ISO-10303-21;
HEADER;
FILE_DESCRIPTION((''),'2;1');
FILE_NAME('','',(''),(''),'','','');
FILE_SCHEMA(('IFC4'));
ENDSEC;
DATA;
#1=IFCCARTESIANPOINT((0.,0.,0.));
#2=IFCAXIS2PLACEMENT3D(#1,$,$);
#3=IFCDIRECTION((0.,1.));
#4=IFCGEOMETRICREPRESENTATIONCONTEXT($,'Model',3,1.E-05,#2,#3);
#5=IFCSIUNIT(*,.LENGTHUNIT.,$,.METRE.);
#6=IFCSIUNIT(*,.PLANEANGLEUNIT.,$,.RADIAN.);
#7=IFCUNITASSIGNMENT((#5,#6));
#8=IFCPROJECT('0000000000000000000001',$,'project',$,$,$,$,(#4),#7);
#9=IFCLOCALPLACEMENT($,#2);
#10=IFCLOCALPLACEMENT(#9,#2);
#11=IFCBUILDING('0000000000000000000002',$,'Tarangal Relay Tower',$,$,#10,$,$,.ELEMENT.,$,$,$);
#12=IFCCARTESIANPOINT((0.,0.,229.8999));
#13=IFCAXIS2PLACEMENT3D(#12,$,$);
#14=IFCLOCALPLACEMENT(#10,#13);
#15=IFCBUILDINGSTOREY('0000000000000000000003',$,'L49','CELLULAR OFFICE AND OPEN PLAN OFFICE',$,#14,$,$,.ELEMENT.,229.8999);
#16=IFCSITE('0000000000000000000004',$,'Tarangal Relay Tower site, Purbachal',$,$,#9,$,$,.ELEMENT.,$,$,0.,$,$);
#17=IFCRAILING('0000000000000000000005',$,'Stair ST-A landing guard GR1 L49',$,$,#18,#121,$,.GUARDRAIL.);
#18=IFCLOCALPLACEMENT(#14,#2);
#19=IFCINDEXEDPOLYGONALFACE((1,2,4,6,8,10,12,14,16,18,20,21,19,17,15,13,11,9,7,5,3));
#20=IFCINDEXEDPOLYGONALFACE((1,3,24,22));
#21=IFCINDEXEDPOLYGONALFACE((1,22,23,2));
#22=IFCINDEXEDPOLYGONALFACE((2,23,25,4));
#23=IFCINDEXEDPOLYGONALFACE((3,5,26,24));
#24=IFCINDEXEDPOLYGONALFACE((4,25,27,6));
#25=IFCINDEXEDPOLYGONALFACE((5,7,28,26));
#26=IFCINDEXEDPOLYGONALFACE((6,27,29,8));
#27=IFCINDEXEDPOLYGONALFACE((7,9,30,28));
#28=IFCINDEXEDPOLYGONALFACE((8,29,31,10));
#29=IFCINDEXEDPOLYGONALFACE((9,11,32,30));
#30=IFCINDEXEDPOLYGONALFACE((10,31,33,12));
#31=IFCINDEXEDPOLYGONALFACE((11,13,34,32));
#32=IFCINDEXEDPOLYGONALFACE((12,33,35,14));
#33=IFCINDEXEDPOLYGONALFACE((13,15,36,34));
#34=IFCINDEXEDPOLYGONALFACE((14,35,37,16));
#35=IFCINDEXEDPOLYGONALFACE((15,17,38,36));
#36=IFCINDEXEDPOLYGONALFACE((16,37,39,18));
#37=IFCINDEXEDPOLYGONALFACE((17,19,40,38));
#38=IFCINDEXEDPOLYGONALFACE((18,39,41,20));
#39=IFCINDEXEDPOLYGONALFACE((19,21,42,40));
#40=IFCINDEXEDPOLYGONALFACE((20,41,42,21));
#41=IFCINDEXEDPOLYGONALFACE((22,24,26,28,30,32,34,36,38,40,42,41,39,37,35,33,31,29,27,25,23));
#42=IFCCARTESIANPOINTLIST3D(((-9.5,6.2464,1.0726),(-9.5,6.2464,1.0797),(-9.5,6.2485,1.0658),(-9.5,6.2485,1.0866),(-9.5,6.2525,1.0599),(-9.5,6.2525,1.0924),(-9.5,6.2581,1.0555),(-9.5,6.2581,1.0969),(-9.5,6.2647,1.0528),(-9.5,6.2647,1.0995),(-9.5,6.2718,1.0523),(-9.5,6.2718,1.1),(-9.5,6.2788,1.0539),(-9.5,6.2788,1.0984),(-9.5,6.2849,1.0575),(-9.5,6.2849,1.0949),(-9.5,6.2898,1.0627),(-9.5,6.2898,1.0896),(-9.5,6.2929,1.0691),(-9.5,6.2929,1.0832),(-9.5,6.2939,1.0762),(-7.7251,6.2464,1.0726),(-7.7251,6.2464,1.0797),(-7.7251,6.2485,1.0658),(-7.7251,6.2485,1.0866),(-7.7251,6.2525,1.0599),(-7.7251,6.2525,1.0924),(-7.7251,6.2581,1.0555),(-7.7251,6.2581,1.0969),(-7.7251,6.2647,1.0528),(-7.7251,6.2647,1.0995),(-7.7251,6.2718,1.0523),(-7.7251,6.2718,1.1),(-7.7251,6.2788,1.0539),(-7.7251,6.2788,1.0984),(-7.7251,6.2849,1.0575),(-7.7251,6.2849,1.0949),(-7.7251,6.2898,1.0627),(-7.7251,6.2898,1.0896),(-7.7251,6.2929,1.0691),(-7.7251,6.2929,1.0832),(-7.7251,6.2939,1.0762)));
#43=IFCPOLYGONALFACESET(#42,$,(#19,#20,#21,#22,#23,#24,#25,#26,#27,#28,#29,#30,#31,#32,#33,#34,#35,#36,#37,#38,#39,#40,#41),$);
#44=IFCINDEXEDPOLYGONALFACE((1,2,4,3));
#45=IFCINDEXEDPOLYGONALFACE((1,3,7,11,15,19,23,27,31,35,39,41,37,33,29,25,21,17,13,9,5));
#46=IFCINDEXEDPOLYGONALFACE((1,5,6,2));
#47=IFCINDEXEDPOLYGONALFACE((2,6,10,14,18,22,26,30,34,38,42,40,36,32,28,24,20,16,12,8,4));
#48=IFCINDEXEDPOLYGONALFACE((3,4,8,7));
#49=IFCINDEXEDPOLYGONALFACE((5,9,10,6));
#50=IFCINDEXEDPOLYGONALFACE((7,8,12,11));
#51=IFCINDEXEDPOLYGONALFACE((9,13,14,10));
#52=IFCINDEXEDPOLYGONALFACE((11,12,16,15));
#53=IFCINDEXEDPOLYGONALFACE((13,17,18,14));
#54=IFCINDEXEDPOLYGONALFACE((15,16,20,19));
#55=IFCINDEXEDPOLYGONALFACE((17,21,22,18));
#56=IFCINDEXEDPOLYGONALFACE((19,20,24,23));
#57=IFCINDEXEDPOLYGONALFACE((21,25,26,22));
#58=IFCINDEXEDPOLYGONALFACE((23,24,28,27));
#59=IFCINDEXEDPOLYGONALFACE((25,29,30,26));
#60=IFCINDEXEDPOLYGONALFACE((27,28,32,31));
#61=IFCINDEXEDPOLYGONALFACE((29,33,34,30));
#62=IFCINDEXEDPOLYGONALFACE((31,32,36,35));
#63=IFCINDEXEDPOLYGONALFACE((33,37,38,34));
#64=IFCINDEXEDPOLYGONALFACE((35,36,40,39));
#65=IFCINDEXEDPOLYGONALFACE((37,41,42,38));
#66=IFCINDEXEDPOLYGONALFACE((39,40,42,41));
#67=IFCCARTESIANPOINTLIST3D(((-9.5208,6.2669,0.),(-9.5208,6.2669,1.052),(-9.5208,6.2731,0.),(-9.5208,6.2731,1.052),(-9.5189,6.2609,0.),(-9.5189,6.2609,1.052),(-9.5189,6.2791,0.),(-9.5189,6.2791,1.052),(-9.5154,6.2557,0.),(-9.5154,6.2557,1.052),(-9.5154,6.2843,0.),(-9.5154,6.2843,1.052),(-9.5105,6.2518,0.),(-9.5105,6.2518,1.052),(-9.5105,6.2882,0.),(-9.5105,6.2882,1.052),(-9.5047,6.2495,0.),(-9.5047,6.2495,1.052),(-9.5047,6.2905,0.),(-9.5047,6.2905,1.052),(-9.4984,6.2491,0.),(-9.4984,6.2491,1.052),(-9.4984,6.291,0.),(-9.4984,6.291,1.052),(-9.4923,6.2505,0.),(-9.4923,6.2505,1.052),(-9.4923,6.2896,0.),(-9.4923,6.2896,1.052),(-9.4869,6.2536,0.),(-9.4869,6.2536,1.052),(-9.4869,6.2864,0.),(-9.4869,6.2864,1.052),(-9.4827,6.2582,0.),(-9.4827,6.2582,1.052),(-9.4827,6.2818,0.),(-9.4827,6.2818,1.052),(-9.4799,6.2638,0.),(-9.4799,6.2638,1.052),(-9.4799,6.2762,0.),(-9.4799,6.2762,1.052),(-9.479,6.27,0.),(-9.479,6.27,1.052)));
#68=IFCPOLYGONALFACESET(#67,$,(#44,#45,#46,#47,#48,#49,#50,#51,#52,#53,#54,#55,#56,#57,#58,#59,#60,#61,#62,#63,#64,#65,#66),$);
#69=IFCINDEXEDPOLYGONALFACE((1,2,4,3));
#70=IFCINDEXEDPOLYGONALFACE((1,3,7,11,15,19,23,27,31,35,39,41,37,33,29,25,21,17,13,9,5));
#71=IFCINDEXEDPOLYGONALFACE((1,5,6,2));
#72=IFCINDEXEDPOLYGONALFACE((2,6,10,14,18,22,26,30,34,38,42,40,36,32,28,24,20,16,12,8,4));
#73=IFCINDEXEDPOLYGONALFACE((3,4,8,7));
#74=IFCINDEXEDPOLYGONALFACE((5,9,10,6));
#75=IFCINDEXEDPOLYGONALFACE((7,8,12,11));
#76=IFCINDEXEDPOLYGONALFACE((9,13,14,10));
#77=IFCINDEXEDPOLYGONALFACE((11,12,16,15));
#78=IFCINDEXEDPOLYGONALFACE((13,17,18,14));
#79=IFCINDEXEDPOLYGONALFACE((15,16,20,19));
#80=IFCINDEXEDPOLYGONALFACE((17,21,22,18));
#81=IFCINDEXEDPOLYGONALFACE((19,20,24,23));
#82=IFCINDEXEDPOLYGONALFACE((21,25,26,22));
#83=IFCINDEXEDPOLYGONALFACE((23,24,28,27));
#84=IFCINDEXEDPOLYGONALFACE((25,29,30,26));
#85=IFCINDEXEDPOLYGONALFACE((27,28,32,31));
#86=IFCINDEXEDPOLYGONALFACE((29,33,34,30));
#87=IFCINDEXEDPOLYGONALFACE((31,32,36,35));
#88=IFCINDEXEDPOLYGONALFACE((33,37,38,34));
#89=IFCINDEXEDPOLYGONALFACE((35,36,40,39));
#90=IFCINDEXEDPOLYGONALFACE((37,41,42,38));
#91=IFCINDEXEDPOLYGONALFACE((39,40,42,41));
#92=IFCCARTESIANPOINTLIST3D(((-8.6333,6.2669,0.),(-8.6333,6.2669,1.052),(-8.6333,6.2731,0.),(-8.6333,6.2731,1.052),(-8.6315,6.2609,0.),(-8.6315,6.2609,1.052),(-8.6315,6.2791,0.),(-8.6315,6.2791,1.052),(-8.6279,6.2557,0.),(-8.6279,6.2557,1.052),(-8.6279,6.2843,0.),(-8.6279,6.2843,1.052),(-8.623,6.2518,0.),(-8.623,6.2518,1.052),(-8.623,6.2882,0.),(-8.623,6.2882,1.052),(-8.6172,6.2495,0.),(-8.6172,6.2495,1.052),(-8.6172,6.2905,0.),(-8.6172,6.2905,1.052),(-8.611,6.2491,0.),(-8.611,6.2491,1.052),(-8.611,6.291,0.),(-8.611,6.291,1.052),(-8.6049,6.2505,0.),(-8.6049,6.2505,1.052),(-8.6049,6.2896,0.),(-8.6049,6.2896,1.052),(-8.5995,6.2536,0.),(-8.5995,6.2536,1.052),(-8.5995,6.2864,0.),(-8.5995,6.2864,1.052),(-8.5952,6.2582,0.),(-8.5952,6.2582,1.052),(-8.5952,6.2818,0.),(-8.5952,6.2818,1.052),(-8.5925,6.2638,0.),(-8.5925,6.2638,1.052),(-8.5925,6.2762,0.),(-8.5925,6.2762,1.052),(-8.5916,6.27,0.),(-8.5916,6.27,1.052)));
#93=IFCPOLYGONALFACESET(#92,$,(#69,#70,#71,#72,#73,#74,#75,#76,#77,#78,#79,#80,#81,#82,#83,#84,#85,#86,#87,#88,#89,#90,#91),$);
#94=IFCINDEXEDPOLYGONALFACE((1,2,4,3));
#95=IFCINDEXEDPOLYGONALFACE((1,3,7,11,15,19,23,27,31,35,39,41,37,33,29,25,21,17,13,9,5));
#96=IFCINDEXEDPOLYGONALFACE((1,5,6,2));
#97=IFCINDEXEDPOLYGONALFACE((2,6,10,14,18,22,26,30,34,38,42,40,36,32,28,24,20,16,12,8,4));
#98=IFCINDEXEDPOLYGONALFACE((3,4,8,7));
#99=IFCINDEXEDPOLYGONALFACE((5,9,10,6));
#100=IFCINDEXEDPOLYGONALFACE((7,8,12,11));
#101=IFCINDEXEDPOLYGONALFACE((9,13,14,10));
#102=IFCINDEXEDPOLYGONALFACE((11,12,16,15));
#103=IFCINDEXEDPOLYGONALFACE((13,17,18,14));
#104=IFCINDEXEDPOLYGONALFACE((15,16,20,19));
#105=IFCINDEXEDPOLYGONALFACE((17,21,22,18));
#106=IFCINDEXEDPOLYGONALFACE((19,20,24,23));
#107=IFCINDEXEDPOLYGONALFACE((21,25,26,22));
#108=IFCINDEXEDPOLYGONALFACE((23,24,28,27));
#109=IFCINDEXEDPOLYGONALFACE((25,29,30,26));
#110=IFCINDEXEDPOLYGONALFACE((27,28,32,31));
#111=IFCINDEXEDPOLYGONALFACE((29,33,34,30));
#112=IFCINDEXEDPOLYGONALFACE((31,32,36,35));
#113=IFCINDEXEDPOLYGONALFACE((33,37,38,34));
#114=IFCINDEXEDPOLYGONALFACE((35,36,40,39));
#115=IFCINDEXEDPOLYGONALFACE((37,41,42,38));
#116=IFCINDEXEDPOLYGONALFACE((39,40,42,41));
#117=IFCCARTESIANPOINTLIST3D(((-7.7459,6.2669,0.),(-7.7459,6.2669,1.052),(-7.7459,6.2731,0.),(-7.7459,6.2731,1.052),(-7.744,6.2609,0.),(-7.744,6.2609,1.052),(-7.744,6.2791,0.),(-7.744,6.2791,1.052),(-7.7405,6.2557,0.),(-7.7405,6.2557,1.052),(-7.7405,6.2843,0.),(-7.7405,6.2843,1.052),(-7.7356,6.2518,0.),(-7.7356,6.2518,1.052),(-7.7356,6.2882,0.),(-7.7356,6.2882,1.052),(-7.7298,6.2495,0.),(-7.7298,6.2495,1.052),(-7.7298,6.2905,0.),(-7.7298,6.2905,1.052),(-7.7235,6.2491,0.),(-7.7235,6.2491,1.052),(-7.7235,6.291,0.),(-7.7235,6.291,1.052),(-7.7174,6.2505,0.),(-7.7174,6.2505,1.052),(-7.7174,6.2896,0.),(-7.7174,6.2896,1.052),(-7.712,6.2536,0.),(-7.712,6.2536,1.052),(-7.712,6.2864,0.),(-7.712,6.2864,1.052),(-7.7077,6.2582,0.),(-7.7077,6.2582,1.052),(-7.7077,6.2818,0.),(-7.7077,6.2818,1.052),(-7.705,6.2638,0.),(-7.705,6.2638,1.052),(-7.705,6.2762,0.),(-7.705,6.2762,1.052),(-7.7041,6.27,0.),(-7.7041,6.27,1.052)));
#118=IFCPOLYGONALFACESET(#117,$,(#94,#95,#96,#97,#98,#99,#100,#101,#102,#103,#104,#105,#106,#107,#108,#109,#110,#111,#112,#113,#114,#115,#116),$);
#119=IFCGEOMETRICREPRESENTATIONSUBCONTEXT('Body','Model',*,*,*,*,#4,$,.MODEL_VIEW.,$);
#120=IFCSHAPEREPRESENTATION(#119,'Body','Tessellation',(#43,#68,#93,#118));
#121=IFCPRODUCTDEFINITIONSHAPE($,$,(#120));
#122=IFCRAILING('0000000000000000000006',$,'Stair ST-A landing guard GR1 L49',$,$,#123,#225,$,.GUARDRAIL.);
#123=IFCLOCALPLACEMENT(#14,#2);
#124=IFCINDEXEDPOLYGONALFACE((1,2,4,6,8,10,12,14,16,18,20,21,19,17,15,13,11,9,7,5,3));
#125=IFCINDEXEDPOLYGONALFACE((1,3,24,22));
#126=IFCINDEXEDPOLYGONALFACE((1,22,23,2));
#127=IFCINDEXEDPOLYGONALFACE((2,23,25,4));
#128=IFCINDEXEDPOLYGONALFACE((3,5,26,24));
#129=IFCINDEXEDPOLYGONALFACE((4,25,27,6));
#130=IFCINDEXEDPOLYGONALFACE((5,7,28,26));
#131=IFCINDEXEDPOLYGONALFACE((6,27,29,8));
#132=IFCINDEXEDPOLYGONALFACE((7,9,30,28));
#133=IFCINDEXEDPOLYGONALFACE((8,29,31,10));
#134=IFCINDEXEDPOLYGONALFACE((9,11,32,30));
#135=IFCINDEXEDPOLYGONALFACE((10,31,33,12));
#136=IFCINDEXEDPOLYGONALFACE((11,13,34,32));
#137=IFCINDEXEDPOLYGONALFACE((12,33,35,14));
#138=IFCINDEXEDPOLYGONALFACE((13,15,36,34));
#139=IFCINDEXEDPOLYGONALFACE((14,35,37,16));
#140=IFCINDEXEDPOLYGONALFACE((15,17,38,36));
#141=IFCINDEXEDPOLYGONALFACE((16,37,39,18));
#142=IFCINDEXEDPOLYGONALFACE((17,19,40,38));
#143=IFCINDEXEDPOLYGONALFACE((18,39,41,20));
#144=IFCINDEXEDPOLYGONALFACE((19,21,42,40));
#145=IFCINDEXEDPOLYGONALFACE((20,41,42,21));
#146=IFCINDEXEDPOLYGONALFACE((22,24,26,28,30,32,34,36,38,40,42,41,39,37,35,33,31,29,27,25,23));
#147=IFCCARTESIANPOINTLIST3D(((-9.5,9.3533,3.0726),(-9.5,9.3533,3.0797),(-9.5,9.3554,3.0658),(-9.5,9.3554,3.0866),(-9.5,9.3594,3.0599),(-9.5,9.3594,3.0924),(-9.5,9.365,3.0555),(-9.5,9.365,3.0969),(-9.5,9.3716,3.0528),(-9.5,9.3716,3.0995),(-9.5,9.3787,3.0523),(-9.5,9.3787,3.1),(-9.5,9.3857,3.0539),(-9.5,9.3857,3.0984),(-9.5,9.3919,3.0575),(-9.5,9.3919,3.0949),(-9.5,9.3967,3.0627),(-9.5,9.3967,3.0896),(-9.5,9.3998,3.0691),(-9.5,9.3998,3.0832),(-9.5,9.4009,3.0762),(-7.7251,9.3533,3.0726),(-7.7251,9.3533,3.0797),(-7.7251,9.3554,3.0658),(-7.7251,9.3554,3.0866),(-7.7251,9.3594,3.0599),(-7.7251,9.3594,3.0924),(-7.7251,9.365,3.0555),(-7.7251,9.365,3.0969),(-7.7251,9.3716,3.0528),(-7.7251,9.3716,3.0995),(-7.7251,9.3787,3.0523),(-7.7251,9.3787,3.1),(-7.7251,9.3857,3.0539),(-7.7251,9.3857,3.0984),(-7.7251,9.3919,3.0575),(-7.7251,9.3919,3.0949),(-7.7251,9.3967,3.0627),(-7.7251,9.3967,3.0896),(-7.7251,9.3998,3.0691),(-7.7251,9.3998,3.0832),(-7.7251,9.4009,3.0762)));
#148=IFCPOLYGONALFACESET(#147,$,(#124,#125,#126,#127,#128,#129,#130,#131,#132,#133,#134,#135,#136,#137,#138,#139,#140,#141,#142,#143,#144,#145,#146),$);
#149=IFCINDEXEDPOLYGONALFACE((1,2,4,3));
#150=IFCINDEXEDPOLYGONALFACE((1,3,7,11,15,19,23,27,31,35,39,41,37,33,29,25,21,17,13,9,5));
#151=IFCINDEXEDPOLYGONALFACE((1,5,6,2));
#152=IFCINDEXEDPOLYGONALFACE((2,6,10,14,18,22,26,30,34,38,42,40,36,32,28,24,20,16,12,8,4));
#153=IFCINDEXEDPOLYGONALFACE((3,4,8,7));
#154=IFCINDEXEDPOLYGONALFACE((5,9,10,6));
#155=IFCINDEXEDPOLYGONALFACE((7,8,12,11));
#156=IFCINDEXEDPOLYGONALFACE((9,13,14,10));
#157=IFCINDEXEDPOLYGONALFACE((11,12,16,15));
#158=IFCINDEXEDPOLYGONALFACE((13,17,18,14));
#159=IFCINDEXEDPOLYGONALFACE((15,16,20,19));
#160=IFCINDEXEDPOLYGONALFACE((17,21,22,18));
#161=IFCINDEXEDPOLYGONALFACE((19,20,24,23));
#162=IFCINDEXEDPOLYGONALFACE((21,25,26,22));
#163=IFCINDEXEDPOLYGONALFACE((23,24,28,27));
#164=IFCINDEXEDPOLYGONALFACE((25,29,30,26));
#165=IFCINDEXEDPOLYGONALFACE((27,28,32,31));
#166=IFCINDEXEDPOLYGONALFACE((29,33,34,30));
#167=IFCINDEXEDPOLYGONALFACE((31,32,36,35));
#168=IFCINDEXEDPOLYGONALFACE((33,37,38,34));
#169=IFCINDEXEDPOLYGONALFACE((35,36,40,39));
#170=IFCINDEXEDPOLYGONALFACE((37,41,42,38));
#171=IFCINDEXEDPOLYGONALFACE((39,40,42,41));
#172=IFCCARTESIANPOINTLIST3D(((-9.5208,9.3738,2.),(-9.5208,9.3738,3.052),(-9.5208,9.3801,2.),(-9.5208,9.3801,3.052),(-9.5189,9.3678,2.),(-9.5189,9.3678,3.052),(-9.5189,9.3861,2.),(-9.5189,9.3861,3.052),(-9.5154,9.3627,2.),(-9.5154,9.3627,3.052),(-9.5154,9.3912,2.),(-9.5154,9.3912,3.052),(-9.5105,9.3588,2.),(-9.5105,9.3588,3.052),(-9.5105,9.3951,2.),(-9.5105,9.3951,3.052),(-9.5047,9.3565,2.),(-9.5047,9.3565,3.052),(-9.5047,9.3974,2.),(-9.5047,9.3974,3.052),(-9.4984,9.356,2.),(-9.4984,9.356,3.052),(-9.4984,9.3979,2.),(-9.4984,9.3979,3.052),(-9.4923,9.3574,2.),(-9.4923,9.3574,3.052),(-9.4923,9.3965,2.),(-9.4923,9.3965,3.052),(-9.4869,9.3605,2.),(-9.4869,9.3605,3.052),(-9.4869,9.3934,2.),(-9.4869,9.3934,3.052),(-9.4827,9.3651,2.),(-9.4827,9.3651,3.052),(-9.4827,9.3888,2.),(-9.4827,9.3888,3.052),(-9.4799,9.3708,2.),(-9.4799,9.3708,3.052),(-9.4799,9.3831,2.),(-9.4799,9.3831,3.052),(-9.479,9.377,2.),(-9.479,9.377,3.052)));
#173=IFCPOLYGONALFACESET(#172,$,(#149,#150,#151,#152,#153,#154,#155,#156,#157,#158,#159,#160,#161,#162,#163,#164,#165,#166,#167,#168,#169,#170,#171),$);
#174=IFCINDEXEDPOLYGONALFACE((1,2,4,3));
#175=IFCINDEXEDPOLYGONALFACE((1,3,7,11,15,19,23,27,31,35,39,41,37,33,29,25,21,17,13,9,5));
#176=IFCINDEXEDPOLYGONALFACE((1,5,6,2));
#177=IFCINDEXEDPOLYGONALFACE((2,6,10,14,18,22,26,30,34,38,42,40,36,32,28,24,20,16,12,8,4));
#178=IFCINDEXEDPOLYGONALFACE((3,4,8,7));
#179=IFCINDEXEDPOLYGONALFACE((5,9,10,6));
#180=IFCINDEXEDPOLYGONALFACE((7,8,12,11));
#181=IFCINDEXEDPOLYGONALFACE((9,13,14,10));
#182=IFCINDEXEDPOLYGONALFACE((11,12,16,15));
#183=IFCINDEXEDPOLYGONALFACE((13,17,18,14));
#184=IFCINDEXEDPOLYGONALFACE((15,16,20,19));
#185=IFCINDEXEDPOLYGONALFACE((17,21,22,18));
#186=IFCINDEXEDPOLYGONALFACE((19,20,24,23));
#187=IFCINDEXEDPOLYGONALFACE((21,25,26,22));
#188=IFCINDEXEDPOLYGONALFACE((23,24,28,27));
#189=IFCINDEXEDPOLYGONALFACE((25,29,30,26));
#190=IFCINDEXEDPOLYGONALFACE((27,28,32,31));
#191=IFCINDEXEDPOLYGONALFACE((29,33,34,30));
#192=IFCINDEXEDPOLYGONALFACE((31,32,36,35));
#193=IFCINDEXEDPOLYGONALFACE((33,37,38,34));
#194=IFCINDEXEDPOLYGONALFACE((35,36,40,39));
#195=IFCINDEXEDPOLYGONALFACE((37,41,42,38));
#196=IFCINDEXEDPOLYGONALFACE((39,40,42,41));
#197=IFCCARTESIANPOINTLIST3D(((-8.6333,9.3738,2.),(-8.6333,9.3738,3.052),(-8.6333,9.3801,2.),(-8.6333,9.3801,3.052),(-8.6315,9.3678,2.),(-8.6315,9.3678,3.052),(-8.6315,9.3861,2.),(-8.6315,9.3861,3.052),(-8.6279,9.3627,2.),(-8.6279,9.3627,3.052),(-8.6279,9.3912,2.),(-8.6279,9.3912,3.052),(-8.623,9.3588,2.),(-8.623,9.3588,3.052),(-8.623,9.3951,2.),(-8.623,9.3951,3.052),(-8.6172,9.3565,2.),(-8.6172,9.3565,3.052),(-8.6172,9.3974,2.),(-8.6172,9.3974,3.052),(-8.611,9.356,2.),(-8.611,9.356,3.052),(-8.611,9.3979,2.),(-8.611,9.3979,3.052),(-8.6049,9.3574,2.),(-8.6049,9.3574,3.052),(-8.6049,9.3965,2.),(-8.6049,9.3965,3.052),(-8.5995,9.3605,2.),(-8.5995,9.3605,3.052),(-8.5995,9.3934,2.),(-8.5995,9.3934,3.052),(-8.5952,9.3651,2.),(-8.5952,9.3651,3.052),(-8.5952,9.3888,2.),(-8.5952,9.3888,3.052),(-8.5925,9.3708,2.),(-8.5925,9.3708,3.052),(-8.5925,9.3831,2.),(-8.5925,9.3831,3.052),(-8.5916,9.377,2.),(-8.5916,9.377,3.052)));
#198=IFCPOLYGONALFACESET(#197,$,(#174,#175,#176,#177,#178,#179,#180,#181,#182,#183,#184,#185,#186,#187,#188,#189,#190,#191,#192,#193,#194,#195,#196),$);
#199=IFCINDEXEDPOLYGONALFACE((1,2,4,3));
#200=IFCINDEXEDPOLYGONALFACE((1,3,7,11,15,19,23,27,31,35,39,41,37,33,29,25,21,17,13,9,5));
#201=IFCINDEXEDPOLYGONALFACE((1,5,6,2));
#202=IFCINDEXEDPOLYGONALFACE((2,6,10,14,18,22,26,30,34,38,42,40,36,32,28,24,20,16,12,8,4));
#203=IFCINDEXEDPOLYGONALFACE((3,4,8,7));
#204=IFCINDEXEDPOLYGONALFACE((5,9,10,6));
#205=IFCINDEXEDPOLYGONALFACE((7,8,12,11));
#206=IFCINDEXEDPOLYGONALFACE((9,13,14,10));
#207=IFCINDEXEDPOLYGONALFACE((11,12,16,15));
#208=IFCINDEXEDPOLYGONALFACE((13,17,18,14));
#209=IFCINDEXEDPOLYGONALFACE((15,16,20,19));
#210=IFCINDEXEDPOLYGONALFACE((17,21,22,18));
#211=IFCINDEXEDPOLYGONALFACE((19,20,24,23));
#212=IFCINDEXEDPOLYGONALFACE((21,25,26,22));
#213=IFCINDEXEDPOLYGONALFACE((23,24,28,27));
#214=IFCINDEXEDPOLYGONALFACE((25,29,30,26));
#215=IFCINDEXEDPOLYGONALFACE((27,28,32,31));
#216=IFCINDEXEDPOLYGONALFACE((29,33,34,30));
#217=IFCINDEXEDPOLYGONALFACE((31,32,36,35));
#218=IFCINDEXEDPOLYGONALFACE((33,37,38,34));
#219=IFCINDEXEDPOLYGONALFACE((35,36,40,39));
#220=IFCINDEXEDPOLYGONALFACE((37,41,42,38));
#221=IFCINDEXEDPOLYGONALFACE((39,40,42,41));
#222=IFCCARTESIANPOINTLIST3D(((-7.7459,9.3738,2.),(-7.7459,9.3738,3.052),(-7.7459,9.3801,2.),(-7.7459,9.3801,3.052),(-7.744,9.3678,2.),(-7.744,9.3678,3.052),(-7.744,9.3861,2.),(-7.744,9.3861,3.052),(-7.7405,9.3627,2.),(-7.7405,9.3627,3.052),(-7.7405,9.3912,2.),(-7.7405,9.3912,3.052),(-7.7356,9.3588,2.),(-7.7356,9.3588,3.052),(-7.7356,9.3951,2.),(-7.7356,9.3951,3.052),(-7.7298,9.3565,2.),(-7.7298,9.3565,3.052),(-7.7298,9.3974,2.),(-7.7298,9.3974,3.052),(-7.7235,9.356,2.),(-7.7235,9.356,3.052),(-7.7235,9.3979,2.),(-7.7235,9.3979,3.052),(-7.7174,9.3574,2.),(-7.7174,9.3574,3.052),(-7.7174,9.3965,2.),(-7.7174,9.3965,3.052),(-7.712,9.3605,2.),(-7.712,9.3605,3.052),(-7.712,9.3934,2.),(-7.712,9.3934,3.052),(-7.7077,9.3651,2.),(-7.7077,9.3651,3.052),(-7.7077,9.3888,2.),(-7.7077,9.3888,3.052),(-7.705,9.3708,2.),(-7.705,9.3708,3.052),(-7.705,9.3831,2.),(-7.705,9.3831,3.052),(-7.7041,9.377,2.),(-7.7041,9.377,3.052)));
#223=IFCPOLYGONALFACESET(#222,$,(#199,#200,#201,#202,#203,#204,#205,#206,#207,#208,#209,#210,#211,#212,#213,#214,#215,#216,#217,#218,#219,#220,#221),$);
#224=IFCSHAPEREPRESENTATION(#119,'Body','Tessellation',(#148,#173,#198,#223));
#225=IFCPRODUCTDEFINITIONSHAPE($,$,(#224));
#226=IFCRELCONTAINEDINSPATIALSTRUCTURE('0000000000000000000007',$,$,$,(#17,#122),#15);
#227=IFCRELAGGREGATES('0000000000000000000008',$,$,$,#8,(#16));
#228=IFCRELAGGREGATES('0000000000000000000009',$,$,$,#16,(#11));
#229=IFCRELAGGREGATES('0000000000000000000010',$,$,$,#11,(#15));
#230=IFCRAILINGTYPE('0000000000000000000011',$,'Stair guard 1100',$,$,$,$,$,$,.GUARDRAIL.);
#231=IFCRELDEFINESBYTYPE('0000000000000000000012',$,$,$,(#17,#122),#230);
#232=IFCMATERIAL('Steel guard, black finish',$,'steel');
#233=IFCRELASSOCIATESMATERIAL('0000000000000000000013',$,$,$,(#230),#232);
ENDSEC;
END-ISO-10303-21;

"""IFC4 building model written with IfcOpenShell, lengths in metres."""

from ifc_helpers import new_model, si_unit, direction, frame, origin, origin_2d, place, context, subcontext, project, spatial, circle, extrude, material, type_object, element, save


model = new_model("IFC4")

# Units and contexts
model_context = context("Model", 3, precision=1e-05, world=origin(), true_north=direction((0.0, 1.0)))
body_context = subcontext(model_context, "Body", "Model", "MODEL_VIEW")
ifc_project = project(units=[si_unit("LENGTHUNIT", "METRE"), si_unit("PLANEANGLEUNIT", "RADIAN")], contexts=[model_context])

# Site, building, storey
site_placement = place(None, origin())
site = spatial("IfcSite", under=ifc_project, at=site_placement, Name="Tarangal Relay Tower site, Purbachal", CompositionType="ELEMENT", RefElevation=0.0)
building_placement = place(site_placement, origin())
building = spatial("IfcBuilding", under=site, at=building_placement, Name="Tarangal Relay Tower", CompositionType="ELEMENT")
storey_placement = place(building_placement, frame((0.0, 0.0, 229.8999)))
storey = spatial("IfcBuildingStorey", under=building, at=storey_placement, Name="L49", Description="CELLULAR OFFICE AND OPEN PLAN OFFICE", CompositionType="ELEMENT", Elevation=229.8999)

# Railings
ifc_material_1 = material(Name="Steel guard, black finish", Category="steel")
railing_type_1 = type_object("IfcRailingType", Name="Stair guard 1100", PredefinedType="GUARDRAIL", material=ifc_material_1)
for number, where, name in (
    (1, (-9.5, 6.27, 0.0), "Stair ST-A landing guard GR1 L49"),
    (2, (-9.5, 9.377, 2.0), "Stair ST-A landing guard GR1 L49"),
):
    element("IfcRailing", number, at=place(storey_placement, frame(where)), inside=storey, type_object=railing_type_1, Name=name, PredefinedType="GUARDRAIL", context=body_context, shape_type="SweptSolid", body=[
        extrude(circle(Radius=0.0239, at=origin_2d()), frame((0.0, 0.0, 1.0762), z_axis=(1.0, 0.0, 0.0), x_axis=(0.0, 1.0, 0.0)), (0.0, 0.0, 1.0), 1.7749),
        extrude(circle(Radius=0.021, at=origin_2d()), origin(), (0.0, 0.0, 1.0), 1.052),
        extrude(circle(Radius=0.021, at=origin_2d()), frame((0.8875, 0.0, 0.0)), (0.0, 0.0, 1.0), 1.052),
        extrude(circle(Radius=0.021, at=origin_2d()), frame((1.7749, 0.0, 0.0)), (0.0, 0.0, 1.0), 1.052),
    ])

save(model, "model.ifc")
